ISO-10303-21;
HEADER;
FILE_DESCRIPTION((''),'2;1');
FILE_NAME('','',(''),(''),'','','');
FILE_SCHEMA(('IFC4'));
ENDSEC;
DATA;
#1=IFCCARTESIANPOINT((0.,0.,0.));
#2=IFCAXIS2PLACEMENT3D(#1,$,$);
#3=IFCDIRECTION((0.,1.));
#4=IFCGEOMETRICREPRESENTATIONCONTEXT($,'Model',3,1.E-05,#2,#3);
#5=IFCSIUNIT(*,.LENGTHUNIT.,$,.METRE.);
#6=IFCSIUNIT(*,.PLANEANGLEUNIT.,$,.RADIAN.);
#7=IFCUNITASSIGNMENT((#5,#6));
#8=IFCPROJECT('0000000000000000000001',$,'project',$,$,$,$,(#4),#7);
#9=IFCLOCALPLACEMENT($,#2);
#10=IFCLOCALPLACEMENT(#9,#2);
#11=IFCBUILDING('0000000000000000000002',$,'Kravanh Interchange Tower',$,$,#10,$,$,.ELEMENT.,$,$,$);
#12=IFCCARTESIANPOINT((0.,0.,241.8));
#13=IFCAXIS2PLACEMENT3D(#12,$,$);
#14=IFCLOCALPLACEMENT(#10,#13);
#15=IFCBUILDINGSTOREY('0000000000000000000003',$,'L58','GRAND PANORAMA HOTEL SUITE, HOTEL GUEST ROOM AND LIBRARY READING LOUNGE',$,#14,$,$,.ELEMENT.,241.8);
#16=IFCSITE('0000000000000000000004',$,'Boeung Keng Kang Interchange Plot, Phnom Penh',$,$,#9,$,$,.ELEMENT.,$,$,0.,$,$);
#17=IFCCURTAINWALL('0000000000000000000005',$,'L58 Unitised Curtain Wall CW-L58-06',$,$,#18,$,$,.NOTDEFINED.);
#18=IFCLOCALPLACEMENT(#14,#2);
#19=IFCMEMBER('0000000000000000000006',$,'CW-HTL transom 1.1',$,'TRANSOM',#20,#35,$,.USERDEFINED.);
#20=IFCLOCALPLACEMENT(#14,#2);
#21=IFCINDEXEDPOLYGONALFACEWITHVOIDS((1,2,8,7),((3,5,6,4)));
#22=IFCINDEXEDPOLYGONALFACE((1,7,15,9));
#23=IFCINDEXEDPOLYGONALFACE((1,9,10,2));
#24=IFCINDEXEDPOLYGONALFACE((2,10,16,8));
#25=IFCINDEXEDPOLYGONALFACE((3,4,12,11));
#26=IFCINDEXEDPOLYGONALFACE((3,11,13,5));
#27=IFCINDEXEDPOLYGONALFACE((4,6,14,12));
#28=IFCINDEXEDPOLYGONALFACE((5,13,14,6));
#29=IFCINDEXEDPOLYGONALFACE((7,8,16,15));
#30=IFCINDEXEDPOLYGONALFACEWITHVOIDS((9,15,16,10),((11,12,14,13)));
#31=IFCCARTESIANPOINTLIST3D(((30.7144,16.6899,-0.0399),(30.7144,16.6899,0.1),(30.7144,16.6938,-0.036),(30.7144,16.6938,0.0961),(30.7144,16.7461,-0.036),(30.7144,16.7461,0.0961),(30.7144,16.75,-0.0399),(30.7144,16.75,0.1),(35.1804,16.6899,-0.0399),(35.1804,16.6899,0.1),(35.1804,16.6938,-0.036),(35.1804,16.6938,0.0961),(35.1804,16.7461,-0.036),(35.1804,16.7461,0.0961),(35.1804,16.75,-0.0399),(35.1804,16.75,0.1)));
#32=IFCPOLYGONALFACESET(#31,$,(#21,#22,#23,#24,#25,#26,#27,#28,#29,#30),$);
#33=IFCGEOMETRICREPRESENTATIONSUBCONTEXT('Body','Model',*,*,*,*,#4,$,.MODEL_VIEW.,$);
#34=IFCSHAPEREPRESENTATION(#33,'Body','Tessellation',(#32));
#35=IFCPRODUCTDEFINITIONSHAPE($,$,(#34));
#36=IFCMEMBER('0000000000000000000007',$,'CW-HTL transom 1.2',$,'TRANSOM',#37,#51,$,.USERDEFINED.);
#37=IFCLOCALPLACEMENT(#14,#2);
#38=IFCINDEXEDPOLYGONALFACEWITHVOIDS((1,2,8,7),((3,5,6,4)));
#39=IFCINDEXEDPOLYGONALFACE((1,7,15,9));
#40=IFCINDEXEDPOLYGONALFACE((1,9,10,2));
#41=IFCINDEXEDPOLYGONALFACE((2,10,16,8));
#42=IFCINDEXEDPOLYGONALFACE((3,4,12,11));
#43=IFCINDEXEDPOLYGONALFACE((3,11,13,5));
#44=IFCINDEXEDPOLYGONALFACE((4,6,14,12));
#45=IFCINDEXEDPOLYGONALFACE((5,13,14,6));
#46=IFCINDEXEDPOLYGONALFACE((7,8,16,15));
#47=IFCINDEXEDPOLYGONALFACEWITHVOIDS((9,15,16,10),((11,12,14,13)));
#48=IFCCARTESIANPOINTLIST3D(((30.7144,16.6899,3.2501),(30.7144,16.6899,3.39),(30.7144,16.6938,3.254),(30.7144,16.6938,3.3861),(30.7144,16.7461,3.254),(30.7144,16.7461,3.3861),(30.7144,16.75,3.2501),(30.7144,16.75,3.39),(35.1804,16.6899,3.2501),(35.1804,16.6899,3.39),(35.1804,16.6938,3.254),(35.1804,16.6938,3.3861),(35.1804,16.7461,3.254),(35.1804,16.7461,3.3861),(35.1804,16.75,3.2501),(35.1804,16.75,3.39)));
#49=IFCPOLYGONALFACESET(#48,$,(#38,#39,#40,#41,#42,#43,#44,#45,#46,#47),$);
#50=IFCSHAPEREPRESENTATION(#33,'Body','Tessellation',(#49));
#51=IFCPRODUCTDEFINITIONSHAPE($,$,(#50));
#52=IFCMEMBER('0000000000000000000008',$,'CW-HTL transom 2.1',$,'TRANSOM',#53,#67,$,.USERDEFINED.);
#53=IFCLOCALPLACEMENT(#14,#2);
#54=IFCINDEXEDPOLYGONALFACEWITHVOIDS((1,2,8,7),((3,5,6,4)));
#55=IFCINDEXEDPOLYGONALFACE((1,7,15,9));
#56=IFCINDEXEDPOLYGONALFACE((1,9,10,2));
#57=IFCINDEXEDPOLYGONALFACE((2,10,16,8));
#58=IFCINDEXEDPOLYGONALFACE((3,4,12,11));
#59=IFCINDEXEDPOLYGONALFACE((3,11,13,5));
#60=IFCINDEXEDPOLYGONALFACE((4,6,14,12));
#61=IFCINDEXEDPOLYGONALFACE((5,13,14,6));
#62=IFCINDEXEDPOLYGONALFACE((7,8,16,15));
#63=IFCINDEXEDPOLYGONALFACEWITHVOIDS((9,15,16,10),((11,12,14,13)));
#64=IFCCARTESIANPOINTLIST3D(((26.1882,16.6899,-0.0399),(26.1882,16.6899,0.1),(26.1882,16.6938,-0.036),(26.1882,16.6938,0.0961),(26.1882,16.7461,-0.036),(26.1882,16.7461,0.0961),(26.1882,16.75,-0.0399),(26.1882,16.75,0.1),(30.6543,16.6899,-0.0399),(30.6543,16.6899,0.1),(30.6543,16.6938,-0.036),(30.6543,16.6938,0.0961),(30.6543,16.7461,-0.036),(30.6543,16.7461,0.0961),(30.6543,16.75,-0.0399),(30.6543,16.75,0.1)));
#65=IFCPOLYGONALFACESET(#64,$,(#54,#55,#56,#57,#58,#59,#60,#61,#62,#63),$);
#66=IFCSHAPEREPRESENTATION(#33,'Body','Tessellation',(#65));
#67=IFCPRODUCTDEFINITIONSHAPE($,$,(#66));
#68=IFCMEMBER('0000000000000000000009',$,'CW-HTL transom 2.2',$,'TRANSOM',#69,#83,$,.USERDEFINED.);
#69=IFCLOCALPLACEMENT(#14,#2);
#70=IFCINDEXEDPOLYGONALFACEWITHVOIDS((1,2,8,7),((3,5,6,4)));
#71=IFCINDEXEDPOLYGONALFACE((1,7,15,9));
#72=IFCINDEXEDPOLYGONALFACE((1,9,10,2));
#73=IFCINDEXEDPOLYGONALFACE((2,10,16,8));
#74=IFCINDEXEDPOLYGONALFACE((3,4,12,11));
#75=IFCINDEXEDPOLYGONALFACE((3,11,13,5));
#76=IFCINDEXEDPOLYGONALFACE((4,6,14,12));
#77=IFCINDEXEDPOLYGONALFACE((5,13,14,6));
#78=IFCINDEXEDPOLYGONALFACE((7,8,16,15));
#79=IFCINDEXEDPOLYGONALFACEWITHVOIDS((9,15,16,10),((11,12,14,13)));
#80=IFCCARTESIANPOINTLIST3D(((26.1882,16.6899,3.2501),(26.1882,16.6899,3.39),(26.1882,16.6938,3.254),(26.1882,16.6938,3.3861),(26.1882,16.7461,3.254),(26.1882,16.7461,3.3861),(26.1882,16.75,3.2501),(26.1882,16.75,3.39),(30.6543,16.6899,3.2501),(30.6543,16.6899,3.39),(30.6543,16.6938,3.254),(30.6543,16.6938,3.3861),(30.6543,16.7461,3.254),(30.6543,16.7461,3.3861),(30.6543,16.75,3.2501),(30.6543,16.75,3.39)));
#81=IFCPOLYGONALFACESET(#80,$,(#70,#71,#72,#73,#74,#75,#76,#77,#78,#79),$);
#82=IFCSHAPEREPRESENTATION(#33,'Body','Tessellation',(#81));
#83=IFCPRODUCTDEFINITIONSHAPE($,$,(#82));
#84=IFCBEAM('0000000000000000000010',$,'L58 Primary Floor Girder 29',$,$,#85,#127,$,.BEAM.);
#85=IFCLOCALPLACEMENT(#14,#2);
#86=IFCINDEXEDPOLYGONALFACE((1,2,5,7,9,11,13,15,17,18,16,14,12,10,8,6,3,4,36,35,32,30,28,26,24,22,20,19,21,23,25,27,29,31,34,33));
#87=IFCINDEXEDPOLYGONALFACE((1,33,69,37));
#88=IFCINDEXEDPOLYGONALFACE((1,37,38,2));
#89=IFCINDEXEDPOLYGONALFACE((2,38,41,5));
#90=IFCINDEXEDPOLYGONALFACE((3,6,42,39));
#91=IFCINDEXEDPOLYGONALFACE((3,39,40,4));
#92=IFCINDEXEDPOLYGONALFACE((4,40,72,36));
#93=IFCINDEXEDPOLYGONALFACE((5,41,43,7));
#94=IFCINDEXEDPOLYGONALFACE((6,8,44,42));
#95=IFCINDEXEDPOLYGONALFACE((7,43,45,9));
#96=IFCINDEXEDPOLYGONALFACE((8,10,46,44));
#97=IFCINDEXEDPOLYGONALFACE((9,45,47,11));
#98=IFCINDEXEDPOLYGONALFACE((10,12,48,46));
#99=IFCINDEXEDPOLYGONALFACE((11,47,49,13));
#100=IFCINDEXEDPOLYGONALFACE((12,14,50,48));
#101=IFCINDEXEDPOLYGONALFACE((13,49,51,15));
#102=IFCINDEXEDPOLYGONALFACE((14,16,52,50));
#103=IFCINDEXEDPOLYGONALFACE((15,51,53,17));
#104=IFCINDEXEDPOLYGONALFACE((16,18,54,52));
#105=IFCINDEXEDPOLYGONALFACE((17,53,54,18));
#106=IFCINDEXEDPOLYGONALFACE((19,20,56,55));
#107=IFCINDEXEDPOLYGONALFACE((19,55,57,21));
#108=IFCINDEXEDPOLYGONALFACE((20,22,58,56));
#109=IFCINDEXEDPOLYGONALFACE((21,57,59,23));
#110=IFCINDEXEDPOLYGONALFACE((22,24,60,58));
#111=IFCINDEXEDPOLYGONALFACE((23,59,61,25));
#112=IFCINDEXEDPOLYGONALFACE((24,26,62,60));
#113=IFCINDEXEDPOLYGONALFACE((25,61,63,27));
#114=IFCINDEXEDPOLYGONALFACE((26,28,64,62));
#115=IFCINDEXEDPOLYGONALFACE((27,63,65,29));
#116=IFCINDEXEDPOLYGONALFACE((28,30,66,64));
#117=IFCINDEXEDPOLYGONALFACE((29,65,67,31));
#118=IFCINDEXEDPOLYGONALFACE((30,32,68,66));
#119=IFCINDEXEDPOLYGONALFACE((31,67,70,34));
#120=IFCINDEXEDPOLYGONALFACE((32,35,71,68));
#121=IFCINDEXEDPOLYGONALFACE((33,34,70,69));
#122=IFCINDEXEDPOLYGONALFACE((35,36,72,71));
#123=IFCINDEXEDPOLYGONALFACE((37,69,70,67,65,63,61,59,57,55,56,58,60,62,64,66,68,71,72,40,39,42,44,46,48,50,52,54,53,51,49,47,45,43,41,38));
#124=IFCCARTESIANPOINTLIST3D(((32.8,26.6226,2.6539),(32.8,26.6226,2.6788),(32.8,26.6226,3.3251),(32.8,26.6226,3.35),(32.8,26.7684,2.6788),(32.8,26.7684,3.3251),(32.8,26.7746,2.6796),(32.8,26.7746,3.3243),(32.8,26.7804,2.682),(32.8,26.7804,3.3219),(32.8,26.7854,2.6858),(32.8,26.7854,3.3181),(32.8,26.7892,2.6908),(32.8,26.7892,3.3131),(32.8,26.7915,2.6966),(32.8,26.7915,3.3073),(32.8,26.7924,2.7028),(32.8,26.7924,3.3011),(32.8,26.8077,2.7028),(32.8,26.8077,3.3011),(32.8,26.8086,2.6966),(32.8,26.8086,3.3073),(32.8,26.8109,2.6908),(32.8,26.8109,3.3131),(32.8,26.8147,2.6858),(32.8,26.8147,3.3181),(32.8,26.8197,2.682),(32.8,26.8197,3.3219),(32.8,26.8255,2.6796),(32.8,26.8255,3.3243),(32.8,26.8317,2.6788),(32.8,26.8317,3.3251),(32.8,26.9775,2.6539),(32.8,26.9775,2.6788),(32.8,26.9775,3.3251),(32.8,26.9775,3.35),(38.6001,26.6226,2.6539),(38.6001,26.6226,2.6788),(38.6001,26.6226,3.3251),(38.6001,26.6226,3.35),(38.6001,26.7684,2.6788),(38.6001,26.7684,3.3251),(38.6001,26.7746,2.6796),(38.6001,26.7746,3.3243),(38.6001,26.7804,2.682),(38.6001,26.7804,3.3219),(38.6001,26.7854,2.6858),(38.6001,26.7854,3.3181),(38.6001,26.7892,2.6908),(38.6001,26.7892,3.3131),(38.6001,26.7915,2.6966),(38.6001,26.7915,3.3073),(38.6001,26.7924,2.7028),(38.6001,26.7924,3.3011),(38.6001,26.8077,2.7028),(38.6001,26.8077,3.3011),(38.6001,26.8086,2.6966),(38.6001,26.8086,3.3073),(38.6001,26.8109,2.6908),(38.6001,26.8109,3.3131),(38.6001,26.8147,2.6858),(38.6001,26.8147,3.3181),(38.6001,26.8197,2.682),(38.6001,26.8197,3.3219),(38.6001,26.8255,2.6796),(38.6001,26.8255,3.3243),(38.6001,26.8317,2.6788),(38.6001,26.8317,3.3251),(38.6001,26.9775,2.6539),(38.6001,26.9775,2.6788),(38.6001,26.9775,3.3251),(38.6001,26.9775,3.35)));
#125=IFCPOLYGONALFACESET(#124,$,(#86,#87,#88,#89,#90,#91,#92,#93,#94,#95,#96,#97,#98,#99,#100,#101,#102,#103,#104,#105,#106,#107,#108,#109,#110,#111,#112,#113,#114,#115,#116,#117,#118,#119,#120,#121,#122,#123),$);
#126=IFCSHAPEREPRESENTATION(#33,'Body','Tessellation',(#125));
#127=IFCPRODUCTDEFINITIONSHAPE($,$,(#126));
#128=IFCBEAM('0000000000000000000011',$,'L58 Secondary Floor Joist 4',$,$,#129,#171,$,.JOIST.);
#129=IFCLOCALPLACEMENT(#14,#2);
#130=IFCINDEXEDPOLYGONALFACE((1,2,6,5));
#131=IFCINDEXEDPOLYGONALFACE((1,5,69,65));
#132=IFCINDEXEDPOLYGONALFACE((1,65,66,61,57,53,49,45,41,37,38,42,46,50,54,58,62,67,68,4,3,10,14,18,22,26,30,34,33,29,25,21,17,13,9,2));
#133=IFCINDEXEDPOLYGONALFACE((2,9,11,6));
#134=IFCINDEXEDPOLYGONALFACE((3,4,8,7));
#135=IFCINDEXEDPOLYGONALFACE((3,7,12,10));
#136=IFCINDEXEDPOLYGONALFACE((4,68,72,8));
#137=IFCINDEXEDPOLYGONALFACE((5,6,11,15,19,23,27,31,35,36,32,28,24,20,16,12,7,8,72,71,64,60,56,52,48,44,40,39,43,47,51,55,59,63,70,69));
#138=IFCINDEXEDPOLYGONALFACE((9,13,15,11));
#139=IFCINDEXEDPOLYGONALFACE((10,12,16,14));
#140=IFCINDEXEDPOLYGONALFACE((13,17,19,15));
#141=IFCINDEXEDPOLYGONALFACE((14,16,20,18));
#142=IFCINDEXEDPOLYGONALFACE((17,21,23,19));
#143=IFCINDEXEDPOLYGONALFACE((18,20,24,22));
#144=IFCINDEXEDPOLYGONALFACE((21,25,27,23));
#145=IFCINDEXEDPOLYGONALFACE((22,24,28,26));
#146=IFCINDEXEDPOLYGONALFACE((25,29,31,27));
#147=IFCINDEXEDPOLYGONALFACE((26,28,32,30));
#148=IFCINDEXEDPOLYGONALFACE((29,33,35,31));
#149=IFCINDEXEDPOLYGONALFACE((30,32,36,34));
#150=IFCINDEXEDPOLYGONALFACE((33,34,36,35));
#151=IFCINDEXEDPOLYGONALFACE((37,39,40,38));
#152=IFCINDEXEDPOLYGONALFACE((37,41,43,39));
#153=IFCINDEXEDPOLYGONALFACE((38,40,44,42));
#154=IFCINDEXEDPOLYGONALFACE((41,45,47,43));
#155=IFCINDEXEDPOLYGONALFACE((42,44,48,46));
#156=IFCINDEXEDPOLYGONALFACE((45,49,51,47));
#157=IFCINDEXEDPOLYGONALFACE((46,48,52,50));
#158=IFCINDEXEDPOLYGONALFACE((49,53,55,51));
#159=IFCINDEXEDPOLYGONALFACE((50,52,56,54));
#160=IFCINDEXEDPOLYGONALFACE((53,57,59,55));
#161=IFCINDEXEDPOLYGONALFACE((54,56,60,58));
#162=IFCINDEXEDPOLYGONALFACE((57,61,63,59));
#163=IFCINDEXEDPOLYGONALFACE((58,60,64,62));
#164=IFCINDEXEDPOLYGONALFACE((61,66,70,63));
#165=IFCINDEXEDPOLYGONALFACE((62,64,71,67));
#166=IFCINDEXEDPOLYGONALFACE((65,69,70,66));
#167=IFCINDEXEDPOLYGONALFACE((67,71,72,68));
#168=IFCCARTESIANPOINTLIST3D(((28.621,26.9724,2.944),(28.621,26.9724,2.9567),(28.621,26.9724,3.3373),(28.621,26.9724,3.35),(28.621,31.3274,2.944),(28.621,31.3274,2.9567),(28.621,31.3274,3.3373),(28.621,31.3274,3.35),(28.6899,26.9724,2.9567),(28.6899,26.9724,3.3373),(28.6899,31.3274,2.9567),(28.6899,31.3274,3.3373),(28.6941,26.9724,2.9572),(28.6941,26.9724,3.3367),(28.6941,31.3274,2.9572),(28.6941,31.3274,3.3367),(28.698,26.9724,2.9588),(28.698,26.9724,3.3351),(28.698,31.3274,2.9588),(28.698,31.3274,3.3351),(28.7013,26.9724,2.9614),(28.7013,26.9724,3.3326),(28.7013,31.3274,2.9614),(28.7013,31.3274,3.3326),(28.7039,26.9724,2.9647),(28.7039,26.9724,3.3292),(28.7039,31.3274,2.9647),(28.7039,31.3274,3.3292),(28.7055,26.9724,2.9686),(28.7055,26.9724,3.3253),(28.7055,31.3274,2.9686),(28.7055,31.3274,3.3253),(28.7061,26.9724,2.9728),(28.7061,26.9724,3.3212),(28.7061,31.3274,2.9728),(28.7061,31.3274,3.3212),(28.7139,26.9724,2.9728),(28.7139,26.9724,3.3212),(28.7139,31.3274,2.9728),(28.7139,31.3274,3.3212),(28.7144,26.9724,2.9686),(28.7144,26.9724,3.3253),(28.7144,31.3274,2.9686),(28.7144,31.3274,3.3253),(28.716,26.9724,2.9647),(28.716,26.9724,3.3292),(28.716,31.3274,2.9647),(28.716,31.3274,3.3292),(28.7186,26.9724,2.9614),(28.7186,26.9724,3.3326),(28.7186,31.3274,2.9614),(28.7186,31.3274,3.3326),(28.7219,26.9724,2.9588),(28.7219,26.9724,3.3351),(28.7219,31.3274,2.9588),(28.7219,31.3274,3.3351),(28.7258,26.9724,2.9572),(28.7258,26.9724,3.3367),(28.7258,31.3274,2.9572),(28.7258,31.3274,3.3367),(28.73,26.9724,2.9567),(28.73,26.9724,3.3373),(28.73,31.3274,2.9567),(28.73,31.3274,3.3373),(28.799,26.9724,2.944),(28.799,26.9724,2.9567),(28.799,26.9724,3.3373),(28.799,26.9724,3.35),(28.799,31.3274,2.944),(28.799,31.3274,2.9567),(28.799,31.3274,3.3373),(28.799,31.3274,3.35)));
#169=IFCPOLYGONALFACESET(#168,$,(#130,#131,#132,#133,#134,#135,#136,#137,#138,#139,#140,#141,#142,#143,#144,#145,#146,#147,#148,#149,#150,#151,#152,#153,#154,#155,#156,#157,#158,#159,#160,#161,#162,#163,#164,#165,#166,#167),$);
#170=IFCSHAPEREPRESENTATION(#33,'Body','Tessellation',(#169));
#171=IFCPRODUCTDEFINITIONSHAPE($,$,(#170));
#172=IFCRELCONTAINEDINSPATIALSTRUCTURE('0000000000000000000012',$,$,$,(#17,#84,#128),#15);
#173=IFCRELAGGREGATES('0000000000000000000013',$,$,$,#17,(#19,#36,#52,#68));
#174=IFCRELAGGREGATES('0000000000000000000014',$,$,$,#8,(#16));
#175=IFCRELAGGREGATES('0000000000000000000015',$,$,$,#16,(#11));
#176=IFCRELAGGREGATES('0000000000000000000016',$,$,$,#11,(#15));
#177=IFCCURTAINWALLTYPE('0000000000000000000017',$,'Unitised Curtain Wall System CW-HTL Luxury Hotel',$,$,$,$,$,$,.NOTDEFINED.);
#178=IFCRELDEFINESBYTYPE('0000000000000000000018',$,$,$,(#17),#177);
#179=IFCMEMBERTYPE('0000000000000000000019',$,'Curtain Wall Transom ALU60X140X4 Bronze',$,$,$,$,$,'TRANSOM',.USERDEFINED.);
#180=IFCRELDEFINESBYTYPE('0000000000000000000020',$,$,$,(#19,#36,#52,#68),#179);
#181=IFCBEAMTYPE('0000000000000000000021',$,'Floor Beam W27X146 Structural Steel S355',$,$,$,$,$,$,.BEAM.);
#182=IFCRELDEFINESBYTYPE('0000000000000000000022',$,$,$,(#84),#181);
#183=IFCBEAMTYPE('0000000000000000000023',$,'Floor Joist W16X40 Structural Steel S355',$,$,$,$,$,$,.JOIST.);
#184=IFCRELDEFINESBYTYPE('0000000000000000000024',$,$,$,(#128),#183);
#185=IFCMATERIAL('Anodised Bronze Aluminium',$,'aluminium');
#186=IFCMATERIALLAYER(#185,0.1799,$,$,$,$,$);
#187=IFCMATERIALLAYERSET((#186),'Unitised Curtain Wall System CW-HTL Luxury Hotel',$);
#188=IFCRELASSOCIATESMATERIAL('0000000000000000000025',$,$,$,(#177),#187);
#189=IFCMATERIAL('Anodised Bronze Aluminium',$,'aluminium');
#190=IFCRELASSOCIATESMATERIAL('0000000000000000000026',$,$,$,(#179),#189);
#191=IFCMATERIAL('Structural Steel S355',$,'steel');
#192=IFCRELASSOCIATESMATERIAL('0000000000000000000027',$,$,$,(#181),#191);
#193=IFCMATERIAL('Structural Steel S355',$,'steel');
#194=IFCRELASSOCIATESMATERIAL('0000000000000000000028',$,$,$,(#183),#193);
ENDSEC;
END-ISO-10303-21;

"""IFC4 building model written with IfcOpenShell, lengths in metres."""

from ifc_helpers import new_model, si_unit, direction, frame, origin, origin_2d, place, context, subcontext, project, spatial, hollow_rectangle, i_section, extrude, material, layer, layer_set, material_profile, profile_set, type_object, element, aggregate, save


model = new_model("IFC4")

# Units and contexts
model_context = context("Model", 3, precision=1e-05, world=origin(), true_north=direction((0.0, 1.0)))
body_context = subcontext(model_context, "Body", "Model", "MODEL_VIEW")
ifc_project = project(units=[si_unit("LENGTHUNIT", "METRE"), si_unit("PLANEANGLEUNIT", "RADIAN")], contexts=[model_context])

# Site, building, storey
site_placement = place(None, origin())
site = spatial("IfcSite", under=ifc_project, at=site_placement, Name="Boeung Keng Kang Interchange Plot, Phnom Penh", CompositionType="ELEMENT", RefElevation=0.0)
building_placement = place(site_placement, origin())
building = spatial("IfcBuilding", under=site, at=building_placement, Name="Kravanh Interchange Tower", CompositionType="ELEMENT")
storey_placement = place(building_placement, frame((0.0, 0.0, 241.8)))
storey = spatial("IfcBuildingStorey", under=building, at=storey_placement, Name="L58", Description="GRAND PANORAMA HOTEL SUITE, HOTEL GUEST ROOM AND LIBRARY READING LOUNGE", CompositionType="ELEMENT", Elevation=241.8)

# Curtain wall
ifc_material_1 = material(Name="Anodised Bronze Aluminium", Category="aluminium")
ifc_layer_1 = layer(ifc_material_1, 0.1799)
ifc_layer_set_1 = layer_set([ifc_layer_1], Name="Unitised Curtain Wall System CW-HTL Luxury Hotel")
curtain_wall_type = type_object("IfcCurtainWallType", Name="Unitised Curtain Wall System CW-HTL Luxury Hotel", PredefinedType="NOTDEFINED", material=ifc_layer_set_1)
curtain_wall_1_placement = place(storey_placement, origin())
curtain_wall_1 = element("IfcCurtainWall", 1, at=curtain_wall_1_placement, inside=storey, type_object=curtain_wall_type, Name="L58 Unitised Curtain Wall CW-L58-06", PredefinedType="NOTDEFINED")

# Members
ifc_material_2 = material(Name="Anodised Bronze Aluminium", Category="aluminium")
ifc_material_profile_1 = material_profile(ifc_material_2, hollow_rectangle(XDim=0.0601, YDim=0.1399, WallThickness=0.0039, at=origin_2d()), Name="ALU60X140X4")
ifc_profile_set_1 = profile_set([ifc_material_profile_1], Name="Anodised Bronze Aluminium")
member_type_1 = type_object("IfcMemberType", Name="Curtain Wall Transom ALU60X140X4 Bronze", ElementType="TRANSOM", PredefinedType="USERDEFINED", material=ifc_profile_set_1)
member_1_placement = place(storey_placement, frame((35.1804, 16.72, 0.03), z_axis=(-1.0, 0.0, 0.0), x_axis=(0.0, -1.0, 0.0)))
member_1 = element("IfcMember", 2, at=member_1_placement, type_object=member_type_1, Name="CW-HTL transom 1.1", ObjectType="TRANSOM", PredefinedType="USERDEFINED", context=body_context, shape_type="SweptSolid", body=[
    extrude(hollow_rectangle(XDim=0.0601, YDim=0.1399, WallThickness=0.0039, at=origin_2d()), origin(), (0.0, 0.0, 1.0), 4.4661),
])
member_2_placement = place(storey_placement, frame((35.1804, 16.72, 3.3201), z_axis=(-1.0, 0.0, 0.0), x_axis=(0.0, -1.0, 0.0)))
member_2 = element("IfcMember", 3, at=member_2_placement, type_object=member_type_1, Name="CW-HTL transom 1.2", ObjectType="TRANSOM", PredefinedType="USERDEFINED", context=body_context, shape_type="SweptSolid", body=[
    extrude(hollow_rectangle(XDim=0.0601, YDim=0.1399, WallThickness=0.0039, at=origin_2d()), origin(), (0.0, 0.0, 1.0), 4.4661),
])
member_3_placement = place(storey_placement, frame((30.6543, 16.72, 0.03), z_axis=(-1.0, 0.0, 0.0), x_axis=(0.0, -1.0, 0.0)))
member_3 = element("IfcMember", 4, at=member_3_placement, type_object=member_type_1, Name="CW-HTL transom 2.1", ObjectType="TRANSOM", PredefinedType="USERDEFINED", context=body_context, shape_type="SweptSolid", body=[
    extrude(hollow_rectangle(XDim=0.0601, YDim=0.1399, WallThickness=0.0039, at=origin_2d()), origin(), (0.0, 0.0, 1.0), 4.4661),
])
member_4_placement = place(storey_placement, frame((30.6543, 16.72, 3.3201), z_axis=(-1.0, 0.0, 0.0), x_axis=(0.0, -1.0, 0.0)))
member_4 = element("IfcMember", 5, at=member_4_placement, type_object=member_type_1, Name="CW-HTL transom 2.2", ObjectType="TRANSOM", PredefinedType="USERDEFINED", context=body_context, shape_type="SweptSolid", body=[
    extrude(hollow_rectangle(XDim=0.0601, YDim=0.1399, WallThickness=0.0039, at=origin_2d()), origin(), (0.0, 0.0, 1.0), 4.4661),
])

# Beams
ifc_material_3 = material(Name="Structural Steel S355", Category="steel")
ifc_material_profile_2 = material_profile(ifc_material_3, i_section(OverallWidth=0.355, OverallDepth=0.696, WebThickness=0.0154, FlangeThickness=0.0249, FilletRadius=0.0239, at=origin_2d()), Name="W27X146")
ifc_profile_set_2 = profile_set([ifc_material_profile_2], Name="Structural Steel S355")
beam_type_1 = type_object("IfcBeamType", Name="Floor Beam W27X146 Structural Steel S355", PredefinedType="BEAM", material=ifc_profile_set_2)
beam_1_placement = place(storey_placement, frame((38.6001, 26.8, 3.002), z_axis=(-1.0, 0.0, 0.0), x_axis=(0.0, -1.0, 0.0)))
element("IfcBeam", 6, at=beam_1_placement, inside=storey, type_object=beam_type_1, Name="L58 Primary Floor Girder 29", PredefinedType="BEAM", context=body_context, shape_type="SweptSolid", body=[
    extrude(i_section(OverallWidth=0.355, OverallDepth=0.696, WebThickness=0.0154, FlangeThickness=0.0249, FilletRadius=0.0239, at=origin_2d()), origin(), (0.0, 0.0, 1.0), 5.8),
])
ifc_material_4 = material(Name="Structural Steel S355", Category="steel")
ifc_material_profile_3 = material_profile(ifc_material_4, i_section(OverallWidth=0.178, OverallDepth=0.406, WebThickness=0.0078, FlangeThickness=0.0127, FilletRadius=0.0161, at=origin_2d()), Name="W16X40")
ifc_profile_set_3 = profile_set([ifc_material_profile_3], Name="Structural Steel S355")
beam_type_2 = type_object("IfcBeamType", Name="Floor Joist W16X40 Structural Steel S355", PredefinedType="JOIST", material=ifc_profile_set_3)
for number, where, z_axis, x_axis, name in (
    (7, (28.71, 26.9724, 3.147), (0.0, 1.0, 0.0), (-1.0, 0.0, 0.0), "L58 Secondary Floor Joist 4"),
):
    element("IfcBeam", number, at=place(storey_placement, frame(where, z_axis=z_axis, x_axis=x_axis)), inside=storey, type_object=beam_type_2, Name=name, PredefinedType="JOIST", context=body_context, shape_type="SweptSolid", body=[
        extrude(i_section(OverallWidth=0.178, OverallDepth=0.406, WebThickness=0.0078, FlangeThickness=0.0127, FilletRadius=0.0161, at=origin_2d()), origin(), (0.0, 0.0, 1.0), 4.355),
    ])

aggregate(curtain_wall_1, [member_1, member_2, member_3, member_4])

save(model, "model.ifc")
